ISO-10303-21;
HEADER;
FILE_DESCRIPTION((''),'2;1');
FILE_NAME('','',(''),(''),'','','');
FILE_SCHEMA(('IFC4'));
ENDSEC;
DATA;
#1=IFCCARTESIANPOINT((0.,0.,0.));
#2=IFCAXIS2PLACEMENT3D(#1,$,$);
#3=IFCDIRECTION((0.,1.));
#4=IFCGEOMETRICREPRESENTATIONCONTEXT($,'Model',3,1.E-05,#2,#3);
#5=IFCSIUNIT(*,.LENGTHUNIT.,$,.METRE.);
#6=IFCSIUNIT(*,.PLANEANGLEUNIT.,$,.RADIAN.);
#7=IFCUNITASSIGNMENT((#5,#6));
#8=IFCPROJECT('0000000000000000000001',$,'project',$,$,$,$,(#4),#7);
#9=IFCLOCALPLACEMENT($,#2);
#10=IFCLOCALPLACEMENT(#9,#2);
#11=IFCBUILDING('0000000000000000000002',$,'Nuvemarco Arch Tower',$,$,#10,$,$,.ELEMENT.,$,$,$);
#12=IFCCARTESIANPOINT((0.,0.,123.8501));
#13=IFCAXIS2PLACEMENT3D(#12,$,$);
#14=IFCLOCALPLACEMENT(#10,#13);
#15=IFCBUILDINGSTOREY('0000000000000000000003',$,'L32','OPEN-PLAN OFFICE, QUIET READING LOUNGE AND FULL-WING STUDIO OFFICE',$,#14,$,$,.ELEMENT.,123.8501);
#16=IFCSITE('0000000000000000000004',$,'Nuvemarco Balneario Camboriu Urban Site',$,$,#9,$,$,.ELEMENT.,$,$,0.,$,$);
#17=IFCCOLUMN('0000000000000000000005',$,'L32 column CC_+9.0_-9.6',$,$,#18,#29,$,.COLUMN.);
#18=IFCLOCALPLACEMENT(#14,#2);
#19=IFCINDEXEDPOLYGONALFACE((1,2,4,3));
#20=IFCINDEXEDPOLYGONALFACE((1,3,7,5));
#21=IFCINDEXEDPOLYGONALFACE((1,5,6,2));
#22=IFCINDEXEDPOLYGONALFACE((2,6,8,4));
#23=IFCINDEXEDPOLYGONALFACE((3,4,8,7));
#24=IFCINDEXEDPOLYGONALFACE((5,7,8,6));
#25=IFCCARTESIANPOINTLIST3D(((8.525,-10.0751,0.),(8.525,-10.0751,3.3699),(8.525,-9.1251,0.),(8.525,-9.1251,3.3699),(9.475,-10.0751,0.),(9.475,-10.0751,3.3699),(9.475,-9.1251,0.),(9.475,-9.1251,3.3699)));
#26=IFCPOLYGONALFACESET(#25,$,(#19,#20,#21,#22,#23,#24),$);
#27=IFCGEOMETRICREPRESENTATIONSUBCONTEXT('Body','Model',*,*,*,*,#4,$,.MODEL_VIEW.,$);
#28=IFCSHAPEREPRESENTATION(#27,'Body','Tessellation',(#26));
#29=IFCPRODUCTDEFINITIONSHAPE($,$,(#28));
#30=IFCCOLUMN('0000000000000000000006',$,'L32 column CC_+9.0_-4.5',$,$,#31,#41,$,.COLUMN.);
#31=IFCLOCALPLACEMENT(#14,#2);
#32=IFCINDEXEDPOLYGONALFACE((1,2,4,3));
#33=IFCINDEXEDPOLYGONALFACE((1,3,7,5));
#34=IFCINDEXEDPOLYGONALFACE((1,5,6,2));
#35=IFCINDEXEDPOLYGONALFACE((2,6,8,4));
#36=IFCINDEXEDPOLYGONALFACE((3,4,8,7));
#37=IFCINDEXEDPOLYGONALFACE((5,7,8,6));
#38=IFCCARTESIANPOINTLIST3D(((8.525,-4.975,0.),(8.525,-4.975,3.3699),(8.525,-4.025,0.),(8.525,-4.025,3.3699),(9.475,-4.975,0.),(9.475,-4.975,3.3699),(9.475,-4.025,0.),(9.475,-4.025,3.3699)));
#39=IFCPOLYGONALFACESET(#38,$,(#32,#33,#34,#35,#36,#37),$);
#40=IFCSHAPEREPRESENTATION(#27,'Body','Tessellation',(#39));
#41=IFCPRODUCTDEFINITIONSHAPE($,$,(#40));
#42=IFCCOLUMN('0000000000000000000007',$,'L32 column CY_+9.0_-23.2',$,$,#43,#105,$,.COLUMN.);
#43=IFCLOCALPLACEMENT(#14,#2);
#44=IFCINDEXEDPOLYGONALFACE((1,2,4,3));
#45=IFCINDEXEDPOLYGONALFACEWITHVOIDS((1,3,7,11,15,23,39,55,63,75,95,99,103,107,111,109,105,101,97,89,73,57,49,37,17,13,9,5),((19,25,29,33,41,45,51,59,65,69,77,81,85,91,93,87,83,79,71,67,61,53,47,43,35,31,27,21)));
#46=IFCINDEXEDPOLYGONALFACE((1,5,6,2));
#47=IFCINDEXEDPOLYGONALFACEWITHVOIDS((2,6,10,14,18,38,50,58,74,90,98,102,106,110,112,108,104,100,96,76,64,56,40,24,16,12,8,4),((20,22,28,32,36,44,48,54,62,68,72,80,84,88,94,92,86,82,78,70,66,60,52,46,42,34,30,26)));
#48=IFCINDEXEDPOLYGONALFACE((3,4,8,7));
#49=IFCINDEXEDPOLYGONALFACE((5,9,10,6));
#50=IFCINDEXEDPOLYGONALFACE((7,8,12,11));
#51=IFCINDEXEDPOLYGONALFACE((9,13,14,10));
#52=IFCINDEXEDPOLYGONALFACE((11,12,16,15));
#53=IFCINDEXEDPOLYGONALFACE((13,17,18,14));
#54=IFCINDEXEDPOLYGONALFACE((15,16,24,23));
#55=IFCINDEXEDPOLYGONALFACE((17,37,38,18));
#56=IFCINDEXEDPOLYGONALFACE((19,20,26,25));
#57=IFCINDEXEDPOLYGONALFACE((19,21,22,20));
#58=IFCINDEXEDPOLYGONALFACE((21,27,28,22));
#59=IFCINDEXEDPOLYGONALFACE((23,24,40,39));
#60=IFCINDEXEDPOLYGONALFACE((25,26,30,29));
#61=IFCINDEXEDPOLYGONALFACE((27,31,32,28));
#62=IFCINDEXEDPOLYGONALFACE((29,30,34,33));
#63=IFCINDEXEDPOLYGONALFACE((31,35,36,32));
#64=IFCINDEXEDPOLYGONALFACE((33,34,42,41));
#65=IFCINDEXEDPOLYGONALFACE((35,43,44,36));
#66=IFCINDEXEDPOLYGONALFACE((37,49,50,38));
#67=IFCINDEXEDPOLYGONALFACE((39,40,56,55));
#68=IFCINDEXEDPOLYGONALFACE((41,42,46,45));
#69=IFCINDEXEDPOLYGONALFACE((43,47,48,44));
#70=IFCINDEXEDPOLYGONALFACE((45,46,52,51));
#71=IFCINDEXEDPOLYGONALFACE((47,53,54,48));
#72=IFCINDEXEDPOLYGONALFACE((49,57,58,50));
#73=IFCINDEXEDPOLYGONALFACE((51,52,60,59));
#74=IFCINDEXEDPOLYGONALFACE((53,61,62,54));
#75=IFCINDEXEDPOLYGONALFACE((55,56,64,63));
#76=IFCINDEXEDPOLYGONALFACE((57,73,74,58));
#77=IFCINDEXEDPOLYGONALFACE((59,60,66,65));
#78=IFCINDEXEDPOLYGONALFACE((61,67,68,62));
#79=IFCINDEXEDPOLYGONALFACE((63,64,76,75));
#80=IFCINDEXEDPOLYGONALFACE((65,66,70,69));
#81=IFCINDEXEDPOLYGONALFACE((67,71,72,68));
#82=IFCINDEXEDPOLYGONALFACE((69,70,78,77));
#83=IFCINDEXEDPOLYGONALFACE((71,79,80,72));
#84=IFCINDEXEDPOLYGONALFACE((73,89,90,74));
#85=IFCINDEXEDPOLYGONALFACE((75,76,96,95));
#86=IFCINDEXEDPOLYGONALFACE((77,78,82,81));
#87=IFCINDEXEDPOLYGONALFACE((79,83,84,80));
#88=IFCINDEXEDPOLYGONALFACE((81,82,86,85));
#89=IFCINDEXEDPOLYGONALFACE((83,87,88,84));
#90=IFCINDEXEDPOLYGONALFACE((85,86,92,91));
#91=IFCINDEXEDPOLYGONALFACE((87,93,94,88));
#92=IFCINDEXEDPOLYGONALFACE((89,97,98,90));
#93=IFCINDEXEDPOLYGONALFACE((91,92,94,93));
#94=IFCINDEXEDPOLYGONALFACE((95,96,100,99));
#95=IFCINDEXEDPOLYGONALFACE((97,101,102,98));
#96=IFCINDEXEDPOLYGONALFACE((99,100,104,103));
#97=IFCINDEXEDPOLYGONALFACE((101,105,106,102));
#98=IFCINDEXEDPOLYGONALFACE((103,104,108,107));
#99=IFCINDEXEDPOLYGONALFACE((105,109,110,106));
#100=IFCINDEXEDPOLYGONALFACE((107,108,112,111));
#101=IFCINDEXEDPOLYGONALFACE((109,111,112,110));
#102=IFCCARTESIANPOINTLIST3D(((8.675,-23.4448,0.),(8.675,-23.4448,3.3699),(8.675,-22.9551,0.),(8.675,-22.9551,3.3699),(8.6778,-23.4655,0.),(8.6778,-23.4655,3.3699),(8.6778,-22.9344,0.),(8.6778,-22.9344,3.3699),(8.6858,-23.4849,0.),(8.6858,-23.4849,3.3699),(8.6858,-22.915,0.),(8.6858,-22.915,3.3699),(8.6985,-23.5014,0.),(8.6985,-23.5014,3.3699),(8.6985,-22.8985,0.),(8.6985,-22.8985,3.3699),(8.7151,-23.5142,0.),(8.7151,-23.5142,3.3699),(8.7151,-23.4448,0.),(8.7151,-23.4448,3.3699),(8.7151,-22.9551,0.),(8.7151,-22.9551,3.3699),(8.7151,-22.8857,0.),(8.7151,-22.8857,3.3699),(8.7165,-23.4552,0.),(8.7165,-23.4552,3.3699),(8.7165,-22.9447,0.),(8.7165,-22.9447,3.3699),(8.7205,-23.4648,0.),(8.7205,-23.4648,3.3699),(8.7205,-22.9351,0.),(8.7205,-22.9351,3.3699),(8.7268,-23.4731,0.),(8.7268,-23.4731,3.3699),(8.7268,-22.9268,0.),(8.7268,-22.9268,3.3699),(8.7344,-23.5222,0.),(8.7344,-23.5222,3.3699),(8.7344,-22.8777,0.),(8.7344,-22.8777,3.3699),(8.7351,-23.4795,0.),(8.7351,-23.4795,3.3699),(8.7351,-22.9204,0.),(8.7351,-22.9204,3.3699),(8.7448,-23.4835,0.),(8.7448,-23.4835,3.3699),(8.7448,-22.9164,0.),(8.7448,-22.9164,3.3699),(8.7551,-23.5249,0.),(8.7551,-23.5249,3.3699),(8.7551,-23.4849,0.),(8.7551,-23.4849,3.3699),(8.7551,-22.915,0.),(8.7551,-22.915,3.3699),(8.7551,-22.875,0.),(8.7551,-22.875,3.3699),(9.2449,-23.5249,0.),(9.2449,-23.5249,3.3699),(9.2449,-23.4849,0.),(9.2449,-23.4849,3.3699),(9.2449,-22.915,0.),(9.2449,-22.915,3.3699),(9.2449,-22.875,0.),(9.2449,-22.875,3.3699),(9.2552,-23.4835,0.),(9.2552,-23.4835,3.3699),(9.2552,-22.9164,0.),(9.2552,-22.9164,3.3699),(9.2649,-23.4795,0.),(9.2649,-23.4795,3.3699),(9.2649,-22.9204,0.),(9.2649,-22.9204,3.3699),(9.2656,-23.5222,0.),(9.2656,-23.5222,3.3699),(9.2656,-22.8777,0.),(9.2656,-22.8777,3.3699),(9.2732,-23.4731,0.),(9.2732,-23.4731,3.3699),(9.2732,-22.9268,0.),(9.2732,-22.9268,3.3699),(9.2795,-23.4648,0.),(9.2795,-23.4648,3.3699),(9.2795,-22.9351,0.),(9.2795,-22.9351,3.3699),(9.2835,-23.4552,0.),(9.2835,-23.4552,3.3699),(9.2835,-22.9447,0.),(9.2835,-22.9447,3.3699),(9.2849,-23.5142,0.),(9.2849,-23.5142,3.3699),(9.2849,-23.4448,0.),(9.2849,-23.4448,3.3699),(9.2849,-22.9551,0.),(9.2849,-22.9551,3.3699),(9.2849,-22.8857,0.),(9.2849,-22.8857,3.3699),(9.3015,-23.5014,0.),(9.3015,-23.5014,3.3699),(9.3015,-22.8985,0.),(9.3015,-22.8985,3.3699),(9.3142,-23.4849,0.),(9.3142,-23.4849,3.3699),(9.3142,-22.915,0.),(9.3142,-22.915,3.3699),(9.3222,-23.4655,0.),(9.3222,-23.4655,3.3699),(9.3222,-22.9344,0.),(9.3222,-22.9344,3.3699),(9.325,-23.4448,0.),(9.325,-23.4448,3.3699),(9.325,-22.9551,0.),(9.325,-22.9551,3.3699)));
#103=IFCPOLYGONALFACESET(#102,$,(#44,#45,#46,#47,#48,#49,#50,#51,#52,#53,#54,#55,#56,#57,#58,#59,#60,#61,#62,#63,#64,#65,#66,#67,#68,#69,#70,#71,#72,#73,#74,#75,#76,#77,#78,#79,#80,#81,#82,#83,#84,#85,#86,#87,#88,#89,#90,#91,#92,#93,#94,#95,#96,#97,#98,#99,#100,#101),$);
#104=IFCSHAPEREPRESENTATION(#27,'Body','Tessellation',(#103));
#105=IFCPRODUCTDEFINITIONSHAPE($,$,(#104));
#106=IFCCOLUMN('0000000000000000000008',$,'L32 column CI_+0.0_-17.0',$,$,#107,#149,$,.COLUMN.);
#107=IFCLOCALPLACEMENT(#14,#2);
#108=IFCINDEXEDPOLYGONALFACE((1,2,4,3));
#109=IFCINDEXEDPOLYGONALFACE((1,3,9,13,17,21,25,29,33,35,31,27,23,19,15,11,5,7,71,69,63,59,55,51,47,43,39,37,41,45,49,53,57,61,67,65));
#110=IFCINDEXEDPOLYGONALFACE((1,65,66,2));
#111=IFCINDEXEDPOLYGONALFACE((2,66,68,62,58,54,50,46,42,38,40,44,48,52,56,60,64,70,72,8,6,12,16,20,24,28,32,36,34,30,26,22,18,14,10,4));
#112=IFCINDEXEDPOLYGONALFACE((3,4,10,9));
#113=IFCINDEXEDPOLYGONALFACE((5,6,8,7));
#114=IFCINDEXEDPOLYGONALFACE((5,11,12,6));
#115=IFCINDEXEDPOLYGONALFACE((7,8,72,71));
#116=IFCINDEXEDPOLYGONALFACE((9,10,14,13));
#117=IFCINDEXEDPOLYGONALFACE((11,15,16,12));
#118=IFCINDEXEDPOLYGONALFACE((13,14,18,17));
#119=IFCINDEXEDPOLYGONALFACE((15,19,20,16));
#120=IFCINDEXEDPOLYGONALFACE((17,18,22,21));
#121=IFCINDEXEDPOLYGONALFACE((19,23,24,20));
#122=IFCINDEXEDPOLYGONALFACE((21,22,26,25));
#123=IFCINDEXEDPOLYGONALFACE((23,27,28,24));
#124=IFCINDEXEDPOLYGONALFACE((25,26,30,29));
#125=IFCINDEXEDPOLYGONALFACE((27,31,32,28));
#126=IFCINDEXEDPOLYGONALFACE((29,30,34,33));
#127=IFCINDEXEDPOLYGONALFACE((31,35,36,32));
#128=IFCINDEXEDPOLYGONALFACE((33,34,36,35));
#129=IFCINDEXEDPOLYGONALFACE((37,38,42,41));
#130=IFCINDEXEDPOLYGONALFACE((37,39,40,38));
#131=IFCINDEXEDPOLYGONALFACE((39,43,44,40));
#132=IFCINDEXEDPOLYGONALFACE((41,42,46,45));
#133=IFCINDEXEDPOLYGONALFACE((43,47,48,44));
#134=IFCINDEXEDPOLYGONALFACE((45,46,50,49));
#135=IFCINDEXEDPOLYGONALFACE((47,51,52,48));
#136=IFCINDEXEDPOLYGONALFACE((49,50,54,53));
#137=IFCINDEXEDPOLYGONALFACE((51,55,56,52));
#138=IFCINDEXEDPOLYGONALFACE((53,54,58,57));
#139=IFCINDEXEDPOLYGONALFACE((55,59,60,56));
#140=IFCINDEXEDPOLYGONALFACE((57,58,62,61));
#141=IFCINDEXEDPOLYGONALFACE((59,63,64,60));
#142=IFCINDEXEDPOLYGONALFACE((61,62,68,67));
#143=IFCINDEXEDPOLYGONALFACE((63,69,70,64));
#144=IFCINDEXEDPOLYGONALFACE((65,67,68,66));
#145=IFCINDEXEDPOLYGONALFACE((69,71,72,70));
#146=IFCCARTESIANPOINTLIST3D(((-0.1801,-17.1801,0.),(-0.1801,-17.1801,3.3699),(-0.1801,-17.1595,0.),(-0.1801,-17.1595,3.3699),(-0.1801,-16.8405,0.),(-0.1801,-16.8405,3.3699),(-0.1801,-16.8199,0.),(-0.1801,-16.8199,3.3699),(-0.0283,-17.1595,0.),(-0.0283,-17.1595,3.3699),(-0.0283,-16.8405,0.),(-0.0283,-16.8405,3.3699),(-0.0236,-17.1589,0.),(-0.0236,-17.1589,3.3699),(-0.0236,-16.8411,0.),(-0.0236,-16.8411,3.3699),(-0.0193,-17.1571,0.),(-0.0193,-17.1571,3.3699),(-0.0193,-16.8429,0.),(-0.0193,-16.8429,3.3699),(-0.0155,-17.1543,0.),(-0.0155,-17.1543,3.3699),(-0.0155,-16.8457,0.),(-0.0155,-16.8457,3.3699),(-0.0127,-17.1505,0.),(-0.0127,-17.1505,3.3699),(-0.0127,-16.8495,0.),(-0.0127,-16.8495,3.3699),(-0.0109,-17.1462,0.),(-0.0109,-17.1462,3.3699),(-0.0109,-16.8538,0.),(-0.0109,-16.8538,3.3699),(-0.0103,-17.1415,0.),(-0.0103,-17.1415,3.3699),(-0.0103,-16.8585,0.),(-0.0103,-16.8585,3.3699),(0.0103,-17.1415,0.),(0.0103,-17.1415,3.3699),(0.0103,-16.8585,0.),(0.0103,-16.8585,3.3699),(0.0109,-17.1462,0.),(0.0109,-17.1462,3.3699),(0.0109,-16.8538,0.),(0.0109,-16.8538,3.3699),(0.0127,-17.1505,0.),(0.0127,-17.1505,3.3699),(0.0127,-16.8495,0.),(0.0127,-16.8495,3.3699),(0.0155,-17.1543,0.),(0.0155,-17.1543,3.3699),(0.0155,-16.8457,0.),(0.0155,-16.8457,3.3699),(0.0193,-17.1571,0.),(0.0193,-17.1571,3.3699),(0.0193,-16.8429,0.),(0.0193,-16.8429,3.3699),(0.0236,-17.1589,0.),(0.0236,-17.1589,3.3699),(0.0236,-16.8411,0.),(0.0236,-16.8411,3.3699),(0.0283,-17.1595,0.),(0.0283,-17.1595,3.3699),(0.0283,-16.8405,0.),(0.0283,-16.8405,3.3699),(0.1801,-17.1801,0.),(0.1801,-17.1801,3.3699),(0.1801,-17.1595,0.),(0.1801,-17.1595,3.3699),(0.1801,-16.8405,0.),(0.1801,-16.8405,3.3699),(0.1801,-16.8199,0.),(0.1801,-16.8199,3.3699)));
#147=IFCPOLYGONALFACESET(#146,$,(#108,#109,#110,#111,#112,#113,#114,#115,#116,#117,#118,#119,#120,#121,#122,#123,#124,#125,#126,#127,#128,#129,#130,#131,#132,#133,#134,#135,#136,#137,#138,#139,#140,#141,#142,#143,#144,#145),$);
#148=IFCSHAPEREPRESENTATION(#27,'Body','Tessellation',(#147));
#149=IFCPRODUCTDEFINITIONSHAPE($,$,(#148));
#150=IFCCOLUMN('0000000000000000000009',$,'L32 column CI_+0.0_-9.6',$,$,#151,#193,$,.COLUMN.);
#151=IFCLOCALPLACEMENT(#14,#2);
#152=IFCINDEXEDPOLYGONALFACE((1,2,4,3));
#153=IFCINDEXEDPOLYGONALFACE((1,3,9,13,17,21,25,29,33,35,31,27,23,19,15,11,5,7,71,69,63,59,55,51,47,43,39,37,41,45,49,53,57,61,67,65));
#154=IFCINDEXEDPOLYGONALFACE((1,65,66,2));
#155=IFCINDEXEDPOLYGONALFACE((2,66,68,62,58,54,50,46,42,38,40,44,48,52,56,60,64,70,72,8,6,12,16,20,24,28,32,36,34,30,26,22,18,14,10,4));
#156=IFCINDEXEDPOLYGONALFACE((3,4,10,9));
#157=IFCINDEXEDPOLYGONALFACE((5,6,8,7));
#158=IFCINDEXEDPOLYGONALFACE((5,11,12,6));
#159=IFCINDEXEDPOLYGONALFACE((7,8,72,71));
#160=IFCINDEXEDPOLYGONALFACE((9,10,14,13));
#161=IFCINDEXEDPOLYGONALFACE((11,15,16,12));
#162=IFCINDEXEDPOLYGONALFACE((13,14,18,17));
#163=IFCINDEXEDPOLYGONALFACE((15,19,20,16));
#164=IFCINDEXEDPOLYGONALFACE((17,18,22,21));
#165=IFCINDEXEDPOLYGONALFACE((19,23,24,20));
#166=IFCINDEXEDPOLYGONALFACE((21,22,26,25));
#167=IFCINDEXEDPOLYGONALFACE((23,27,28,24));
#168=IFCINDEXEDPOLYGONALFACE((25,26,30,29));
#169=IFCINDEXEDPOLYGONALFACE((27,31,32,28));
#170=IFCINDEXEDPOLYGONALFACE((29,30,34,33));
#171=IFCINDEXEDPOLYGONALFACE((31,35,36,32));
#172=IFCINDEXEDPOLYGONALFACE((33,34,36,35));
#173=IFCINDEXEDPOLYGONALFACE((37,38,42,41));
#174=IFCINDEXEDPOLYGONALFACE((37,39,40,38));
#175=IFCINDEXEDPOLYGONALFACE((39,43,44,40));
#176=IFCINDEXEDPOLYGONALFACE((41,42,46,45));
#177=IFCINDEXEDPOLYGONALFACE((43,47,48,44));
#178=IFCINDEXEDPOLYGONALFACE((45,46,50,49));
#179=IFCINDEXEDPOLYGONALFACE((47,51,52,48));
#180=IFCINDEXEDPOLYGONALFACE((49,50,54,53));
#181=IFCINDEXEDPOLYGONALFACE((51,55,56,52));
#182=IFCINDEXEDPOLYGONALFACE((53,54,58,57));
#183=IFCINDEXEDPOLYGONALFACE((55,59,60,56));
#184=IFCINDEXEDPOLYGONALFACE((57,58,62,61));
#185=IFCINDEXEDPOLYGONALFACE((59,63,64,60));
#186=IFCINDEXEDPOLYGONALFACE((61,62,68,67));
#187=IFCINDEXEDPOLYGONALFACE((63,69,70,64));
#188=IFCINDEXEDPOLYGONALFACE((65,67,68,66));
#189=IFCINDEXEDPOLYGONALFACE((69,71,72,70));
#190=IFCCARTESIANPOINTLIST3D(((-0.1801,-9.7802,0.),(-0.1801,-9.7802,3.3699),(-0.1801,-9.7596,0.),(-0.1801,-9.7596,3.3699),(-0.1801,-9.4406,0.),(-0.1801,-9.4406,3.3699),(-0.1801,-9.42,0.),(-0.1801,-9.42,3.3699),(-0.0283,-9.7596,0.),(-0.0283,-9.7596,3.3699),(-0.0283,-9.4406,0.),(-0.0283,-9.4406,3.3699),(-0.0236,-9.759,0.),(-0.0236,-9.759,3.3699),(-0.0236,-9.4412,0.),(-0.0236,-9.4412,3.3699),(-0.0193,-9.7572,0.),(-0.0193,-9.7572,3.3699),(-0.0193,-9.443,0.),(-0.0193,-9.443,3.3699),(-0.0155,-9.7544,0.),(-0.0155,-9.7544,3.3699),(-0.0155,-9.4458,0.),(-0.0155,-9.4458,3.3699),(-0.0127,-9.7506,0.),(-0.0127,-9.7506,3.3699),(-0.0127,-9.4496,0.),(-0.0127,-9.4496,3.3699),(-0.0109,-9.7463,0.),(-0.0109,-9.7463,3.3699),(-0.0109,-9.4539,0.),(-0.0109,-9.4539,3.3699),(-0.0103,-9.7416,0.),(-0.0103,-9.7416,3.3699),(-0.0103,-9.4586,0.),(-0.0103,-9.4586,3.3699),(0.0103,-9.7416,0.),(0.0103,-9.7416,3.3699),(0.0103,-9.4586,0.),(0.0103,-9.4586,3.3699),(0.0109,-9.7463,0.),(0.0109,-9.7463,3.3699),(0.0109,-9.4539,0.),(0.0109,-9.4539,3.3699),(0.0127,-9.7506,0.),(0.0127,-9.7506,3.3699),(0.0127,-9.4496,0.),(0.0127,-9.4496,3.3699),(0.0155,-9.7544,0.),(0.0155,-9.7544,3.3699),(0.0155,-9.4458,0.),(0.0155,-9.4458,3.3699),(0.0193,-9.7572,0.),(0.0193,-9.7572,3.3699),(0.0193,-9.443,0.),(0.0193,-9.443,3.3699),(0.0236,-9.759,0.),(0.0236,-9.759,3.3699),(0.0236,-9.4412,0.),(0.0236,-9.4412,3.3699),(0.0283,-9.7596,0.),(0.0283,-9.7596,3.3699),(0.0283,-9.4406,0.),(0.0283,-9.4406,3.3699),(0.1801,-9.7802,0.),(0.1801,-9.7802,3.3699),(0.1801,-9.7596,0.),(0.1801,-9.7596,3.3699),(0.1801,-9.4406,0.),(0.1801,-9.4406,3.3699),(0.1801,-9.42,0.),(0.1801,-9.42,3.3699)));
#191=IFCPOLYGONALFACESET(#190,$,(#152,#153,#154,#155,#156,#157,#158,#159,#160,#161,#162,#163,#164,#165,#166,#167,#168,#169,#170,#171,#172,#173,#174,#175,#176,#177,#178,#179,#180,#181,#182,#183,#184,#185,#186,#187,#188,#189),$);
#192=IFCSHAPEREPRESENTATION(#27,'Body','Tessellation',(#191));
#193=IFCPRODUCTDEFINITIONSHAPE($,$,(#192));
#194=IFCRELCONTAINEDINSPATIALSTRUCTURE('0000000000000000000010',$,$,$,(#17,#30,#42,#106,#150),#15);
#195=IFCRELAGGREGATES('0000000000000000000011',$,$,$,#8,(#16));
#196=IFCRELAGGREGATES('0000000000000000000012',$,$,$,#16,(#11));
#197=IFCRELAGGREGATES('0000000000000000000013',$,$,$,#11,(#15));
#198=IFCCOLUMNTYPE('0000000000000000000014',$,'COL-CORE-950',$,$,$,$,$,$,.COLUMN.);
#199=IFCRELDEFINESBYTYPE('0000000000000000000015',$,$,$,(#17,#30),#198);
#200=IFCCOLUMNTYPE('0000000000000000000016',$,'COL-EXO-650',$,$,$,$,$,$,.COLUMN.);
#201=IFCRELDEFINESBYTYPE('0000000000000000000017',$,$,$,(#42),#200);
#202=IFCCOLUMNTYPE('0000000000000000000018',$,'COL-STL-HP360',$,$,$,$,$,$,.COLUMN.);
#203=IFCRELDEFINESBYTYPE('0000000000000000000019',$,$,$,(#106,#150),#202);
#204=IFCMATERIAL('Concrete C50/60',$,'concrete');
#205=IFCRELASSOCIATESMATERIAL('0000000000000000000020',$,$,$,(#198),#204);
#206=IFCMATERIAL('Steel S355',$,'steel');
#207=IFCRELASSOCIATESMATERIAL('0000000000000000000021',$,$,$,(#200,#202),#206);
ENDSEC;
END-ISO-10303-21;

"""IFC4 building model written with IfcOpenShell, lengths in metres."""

from ifc_helpers import new_model, si_unit, direction, frame, origin, origin_2d, place, context, subcontext, project, spatial, rectangle, hollow_rectangle, i_section, extrude, material, material_profile, profile_set, type_object, element, save


model = new_model("IFC4")

# Units and contexts
model_context = context("Model", 3, precision=1e-05, world=origin(), true_north=direction((0.0, 1.0)))
body_context = subcontext(model_context, "Body", "Model", "MODEL_VIEW")
ifc_project = project(units=[si_unit("LENGTHUNIT", "METRE"), si_unit("PLANEANGLEUNIT", "RADIAN")], contexts=[model_context])

# Site, building, storey
site_placement = place(None, origin())
site = spatial("IfcSite", under=ifc_project, at=site_placement, Name="Nuvemarco Balneario Camboriu Urban Site", CompositionType="ELEMENT", RefElevation=0.0)
building_placement = place(site_placement, origin())
building = spatial("IfcBuilding", under=site, at=building_placement, Name="Nuvemarco Arch Tower", CompositionType="ELEMENT")
storey_placement = place(building_placement, frame((0.0, 0.0, 123.8501)))
storey = spatial("IfcBuildingStorey", under=building, at=storey_placement, Name="L32", Description="OPEN-PLAN OFFICE, QUIET READING LOUNGE AND FULL-WING STUDIO OFFICE", CompositionType="ELEMENT", Elevation=123.8501)

# Columns
ifc_material_1 = material(Name="Concrete C50/60", Category="concrete")
ifc_material_profile_1 = material_profile(ifc_material_1, rectangle(XDim=0.95, YDim=0.95, at=origin_2d()), Name="RC-COL-950x950")
ifc_profile_set_1 = profile_set([ifc_material_profile_1], Name="Concrete C50/60")
column_type_1 = type_object("IfcColumnType", Name="COL-CORE-950", PredefinedType="COLUMN", material=ifc_profile_set_1)
for number, where, z_axis, x_axis, name in (
    (1, (9.0, -9.6001, 0.0), (0.0, 0.0, 1.0), (1.0, 0.0, 0.0), "L32 column CC_+9.0_-9.6"),
    (2, (9.0, -4.5, 0.0), (0.0, 0.0, 1.0), (1.0, 0.0, 0.0), "L32 column CC_+9.0_-4.5"),
):
    element("IfcColumn", number, at=place(storey_placement, frame(where, z_axis=z_axis, x_axis=x_axis)), inside=storey, type_object=column_type_1, Name=name, PredefinedType="COLUMN", context=body_context, shape_type="SweptSolid", body=[
        extrude(rectangle(XDim=0.95, YDim=0.95, at=origin_2d()), origin(), (0.0, 0.0, 1.0), 3.3699),
    ])
ifc_material_2 = material(Name="Steel S355", Category="steel")
ifc_material_profile_2 = material_profile(ifc_material_2, hollow_rectangle(XDim=0.6499, YDim=0.6499, WallThickness=0.04, InnerFilletRadius=0.04, OuterFilletRadius=0.0801, at=origin_2d()), Name="SHS650x650x40")
ifc_profile_set_2 = profile_set([ifc_material_profile_2], Name="Steel S355")
column_type_2 = type_object("IfcColumnType", Name="COL-EXO-650", PredefinedType="COLUMN", material=ifc_profile_set_2)
column_placement = place(storey_placement, frame((9.0, -23.2, 0.0), z_axis=(0.0, 0.0, 1.0), x_axis=(1.0, 0.0, 0.0)))
element("IfcColumn", 3, at=column_placement, inside=storey, type_object=column_type_2, Name="L32 column CY_+9.0_-23.2", PredefinedType="COLUMN", context=body_context, shape_type="SweptSolid", body=[
    extrude(hollow_rectangle(XDim=0.6499, YDim=0.6499, WallThickness=0.04, InnerFilletRadius=0.04, OuterFilletRadius=0.0801, at=origin_2d()), origin(), (0.0, 0.0, 1.0), 3.3699),
])
ifc_material_profile_3 = material_profile(ifc_material_2, i_section(OverallWidth=0.3601, OverallDepth=0.3601, WebThickness=0.0205, FlangeThickness=0.0205, FilletRadius=0.0181, at=origin_2d()), Name="HP360x174")
ifc_profile_set_3 = profile_set([ifc_material_profile_3], Name="Steel S355")
column_type_3 = type_object("IfcColumnType", Name="COL-STL-HP360", PredefinedType="COLUMN", material=ifc_profile_set_3)
for number, where, z_axis, x_axis, name in (
    (4, (0.0, -17.0, 0.0), (0.0, 0.0, 1.0), (1.0, 0.0, 0.0), "L32 column CI_+0.0_-17.0"),
    (5, (0.0, -9.6001, 0.0), (0.0, 0.0, 1.0), (1.0, 0.0, 0.0), "L32 column CI_+0.0_-9.6"),
):
    element("IfcColumn", number, at=place(storey_placement, frame(where, z_axis=z_axis, x_axis=x_axis)), inside=storey, type_object=column_type_3, Name=name, PredefinedType="COLUMN", context=body_context, shape_type="SweptSolid", body=[
        extrude(i_section(OverallWidth=0.3601, OverallDepth=0.3601, WebThickness=0.0205, FlangeThickness=0.0205, FilletRadius=0.0181, at=origin_2d()), origin(), (0.0, 0.0, 1.0), 3.3699),
    ])

save(model, "model.ifc")
